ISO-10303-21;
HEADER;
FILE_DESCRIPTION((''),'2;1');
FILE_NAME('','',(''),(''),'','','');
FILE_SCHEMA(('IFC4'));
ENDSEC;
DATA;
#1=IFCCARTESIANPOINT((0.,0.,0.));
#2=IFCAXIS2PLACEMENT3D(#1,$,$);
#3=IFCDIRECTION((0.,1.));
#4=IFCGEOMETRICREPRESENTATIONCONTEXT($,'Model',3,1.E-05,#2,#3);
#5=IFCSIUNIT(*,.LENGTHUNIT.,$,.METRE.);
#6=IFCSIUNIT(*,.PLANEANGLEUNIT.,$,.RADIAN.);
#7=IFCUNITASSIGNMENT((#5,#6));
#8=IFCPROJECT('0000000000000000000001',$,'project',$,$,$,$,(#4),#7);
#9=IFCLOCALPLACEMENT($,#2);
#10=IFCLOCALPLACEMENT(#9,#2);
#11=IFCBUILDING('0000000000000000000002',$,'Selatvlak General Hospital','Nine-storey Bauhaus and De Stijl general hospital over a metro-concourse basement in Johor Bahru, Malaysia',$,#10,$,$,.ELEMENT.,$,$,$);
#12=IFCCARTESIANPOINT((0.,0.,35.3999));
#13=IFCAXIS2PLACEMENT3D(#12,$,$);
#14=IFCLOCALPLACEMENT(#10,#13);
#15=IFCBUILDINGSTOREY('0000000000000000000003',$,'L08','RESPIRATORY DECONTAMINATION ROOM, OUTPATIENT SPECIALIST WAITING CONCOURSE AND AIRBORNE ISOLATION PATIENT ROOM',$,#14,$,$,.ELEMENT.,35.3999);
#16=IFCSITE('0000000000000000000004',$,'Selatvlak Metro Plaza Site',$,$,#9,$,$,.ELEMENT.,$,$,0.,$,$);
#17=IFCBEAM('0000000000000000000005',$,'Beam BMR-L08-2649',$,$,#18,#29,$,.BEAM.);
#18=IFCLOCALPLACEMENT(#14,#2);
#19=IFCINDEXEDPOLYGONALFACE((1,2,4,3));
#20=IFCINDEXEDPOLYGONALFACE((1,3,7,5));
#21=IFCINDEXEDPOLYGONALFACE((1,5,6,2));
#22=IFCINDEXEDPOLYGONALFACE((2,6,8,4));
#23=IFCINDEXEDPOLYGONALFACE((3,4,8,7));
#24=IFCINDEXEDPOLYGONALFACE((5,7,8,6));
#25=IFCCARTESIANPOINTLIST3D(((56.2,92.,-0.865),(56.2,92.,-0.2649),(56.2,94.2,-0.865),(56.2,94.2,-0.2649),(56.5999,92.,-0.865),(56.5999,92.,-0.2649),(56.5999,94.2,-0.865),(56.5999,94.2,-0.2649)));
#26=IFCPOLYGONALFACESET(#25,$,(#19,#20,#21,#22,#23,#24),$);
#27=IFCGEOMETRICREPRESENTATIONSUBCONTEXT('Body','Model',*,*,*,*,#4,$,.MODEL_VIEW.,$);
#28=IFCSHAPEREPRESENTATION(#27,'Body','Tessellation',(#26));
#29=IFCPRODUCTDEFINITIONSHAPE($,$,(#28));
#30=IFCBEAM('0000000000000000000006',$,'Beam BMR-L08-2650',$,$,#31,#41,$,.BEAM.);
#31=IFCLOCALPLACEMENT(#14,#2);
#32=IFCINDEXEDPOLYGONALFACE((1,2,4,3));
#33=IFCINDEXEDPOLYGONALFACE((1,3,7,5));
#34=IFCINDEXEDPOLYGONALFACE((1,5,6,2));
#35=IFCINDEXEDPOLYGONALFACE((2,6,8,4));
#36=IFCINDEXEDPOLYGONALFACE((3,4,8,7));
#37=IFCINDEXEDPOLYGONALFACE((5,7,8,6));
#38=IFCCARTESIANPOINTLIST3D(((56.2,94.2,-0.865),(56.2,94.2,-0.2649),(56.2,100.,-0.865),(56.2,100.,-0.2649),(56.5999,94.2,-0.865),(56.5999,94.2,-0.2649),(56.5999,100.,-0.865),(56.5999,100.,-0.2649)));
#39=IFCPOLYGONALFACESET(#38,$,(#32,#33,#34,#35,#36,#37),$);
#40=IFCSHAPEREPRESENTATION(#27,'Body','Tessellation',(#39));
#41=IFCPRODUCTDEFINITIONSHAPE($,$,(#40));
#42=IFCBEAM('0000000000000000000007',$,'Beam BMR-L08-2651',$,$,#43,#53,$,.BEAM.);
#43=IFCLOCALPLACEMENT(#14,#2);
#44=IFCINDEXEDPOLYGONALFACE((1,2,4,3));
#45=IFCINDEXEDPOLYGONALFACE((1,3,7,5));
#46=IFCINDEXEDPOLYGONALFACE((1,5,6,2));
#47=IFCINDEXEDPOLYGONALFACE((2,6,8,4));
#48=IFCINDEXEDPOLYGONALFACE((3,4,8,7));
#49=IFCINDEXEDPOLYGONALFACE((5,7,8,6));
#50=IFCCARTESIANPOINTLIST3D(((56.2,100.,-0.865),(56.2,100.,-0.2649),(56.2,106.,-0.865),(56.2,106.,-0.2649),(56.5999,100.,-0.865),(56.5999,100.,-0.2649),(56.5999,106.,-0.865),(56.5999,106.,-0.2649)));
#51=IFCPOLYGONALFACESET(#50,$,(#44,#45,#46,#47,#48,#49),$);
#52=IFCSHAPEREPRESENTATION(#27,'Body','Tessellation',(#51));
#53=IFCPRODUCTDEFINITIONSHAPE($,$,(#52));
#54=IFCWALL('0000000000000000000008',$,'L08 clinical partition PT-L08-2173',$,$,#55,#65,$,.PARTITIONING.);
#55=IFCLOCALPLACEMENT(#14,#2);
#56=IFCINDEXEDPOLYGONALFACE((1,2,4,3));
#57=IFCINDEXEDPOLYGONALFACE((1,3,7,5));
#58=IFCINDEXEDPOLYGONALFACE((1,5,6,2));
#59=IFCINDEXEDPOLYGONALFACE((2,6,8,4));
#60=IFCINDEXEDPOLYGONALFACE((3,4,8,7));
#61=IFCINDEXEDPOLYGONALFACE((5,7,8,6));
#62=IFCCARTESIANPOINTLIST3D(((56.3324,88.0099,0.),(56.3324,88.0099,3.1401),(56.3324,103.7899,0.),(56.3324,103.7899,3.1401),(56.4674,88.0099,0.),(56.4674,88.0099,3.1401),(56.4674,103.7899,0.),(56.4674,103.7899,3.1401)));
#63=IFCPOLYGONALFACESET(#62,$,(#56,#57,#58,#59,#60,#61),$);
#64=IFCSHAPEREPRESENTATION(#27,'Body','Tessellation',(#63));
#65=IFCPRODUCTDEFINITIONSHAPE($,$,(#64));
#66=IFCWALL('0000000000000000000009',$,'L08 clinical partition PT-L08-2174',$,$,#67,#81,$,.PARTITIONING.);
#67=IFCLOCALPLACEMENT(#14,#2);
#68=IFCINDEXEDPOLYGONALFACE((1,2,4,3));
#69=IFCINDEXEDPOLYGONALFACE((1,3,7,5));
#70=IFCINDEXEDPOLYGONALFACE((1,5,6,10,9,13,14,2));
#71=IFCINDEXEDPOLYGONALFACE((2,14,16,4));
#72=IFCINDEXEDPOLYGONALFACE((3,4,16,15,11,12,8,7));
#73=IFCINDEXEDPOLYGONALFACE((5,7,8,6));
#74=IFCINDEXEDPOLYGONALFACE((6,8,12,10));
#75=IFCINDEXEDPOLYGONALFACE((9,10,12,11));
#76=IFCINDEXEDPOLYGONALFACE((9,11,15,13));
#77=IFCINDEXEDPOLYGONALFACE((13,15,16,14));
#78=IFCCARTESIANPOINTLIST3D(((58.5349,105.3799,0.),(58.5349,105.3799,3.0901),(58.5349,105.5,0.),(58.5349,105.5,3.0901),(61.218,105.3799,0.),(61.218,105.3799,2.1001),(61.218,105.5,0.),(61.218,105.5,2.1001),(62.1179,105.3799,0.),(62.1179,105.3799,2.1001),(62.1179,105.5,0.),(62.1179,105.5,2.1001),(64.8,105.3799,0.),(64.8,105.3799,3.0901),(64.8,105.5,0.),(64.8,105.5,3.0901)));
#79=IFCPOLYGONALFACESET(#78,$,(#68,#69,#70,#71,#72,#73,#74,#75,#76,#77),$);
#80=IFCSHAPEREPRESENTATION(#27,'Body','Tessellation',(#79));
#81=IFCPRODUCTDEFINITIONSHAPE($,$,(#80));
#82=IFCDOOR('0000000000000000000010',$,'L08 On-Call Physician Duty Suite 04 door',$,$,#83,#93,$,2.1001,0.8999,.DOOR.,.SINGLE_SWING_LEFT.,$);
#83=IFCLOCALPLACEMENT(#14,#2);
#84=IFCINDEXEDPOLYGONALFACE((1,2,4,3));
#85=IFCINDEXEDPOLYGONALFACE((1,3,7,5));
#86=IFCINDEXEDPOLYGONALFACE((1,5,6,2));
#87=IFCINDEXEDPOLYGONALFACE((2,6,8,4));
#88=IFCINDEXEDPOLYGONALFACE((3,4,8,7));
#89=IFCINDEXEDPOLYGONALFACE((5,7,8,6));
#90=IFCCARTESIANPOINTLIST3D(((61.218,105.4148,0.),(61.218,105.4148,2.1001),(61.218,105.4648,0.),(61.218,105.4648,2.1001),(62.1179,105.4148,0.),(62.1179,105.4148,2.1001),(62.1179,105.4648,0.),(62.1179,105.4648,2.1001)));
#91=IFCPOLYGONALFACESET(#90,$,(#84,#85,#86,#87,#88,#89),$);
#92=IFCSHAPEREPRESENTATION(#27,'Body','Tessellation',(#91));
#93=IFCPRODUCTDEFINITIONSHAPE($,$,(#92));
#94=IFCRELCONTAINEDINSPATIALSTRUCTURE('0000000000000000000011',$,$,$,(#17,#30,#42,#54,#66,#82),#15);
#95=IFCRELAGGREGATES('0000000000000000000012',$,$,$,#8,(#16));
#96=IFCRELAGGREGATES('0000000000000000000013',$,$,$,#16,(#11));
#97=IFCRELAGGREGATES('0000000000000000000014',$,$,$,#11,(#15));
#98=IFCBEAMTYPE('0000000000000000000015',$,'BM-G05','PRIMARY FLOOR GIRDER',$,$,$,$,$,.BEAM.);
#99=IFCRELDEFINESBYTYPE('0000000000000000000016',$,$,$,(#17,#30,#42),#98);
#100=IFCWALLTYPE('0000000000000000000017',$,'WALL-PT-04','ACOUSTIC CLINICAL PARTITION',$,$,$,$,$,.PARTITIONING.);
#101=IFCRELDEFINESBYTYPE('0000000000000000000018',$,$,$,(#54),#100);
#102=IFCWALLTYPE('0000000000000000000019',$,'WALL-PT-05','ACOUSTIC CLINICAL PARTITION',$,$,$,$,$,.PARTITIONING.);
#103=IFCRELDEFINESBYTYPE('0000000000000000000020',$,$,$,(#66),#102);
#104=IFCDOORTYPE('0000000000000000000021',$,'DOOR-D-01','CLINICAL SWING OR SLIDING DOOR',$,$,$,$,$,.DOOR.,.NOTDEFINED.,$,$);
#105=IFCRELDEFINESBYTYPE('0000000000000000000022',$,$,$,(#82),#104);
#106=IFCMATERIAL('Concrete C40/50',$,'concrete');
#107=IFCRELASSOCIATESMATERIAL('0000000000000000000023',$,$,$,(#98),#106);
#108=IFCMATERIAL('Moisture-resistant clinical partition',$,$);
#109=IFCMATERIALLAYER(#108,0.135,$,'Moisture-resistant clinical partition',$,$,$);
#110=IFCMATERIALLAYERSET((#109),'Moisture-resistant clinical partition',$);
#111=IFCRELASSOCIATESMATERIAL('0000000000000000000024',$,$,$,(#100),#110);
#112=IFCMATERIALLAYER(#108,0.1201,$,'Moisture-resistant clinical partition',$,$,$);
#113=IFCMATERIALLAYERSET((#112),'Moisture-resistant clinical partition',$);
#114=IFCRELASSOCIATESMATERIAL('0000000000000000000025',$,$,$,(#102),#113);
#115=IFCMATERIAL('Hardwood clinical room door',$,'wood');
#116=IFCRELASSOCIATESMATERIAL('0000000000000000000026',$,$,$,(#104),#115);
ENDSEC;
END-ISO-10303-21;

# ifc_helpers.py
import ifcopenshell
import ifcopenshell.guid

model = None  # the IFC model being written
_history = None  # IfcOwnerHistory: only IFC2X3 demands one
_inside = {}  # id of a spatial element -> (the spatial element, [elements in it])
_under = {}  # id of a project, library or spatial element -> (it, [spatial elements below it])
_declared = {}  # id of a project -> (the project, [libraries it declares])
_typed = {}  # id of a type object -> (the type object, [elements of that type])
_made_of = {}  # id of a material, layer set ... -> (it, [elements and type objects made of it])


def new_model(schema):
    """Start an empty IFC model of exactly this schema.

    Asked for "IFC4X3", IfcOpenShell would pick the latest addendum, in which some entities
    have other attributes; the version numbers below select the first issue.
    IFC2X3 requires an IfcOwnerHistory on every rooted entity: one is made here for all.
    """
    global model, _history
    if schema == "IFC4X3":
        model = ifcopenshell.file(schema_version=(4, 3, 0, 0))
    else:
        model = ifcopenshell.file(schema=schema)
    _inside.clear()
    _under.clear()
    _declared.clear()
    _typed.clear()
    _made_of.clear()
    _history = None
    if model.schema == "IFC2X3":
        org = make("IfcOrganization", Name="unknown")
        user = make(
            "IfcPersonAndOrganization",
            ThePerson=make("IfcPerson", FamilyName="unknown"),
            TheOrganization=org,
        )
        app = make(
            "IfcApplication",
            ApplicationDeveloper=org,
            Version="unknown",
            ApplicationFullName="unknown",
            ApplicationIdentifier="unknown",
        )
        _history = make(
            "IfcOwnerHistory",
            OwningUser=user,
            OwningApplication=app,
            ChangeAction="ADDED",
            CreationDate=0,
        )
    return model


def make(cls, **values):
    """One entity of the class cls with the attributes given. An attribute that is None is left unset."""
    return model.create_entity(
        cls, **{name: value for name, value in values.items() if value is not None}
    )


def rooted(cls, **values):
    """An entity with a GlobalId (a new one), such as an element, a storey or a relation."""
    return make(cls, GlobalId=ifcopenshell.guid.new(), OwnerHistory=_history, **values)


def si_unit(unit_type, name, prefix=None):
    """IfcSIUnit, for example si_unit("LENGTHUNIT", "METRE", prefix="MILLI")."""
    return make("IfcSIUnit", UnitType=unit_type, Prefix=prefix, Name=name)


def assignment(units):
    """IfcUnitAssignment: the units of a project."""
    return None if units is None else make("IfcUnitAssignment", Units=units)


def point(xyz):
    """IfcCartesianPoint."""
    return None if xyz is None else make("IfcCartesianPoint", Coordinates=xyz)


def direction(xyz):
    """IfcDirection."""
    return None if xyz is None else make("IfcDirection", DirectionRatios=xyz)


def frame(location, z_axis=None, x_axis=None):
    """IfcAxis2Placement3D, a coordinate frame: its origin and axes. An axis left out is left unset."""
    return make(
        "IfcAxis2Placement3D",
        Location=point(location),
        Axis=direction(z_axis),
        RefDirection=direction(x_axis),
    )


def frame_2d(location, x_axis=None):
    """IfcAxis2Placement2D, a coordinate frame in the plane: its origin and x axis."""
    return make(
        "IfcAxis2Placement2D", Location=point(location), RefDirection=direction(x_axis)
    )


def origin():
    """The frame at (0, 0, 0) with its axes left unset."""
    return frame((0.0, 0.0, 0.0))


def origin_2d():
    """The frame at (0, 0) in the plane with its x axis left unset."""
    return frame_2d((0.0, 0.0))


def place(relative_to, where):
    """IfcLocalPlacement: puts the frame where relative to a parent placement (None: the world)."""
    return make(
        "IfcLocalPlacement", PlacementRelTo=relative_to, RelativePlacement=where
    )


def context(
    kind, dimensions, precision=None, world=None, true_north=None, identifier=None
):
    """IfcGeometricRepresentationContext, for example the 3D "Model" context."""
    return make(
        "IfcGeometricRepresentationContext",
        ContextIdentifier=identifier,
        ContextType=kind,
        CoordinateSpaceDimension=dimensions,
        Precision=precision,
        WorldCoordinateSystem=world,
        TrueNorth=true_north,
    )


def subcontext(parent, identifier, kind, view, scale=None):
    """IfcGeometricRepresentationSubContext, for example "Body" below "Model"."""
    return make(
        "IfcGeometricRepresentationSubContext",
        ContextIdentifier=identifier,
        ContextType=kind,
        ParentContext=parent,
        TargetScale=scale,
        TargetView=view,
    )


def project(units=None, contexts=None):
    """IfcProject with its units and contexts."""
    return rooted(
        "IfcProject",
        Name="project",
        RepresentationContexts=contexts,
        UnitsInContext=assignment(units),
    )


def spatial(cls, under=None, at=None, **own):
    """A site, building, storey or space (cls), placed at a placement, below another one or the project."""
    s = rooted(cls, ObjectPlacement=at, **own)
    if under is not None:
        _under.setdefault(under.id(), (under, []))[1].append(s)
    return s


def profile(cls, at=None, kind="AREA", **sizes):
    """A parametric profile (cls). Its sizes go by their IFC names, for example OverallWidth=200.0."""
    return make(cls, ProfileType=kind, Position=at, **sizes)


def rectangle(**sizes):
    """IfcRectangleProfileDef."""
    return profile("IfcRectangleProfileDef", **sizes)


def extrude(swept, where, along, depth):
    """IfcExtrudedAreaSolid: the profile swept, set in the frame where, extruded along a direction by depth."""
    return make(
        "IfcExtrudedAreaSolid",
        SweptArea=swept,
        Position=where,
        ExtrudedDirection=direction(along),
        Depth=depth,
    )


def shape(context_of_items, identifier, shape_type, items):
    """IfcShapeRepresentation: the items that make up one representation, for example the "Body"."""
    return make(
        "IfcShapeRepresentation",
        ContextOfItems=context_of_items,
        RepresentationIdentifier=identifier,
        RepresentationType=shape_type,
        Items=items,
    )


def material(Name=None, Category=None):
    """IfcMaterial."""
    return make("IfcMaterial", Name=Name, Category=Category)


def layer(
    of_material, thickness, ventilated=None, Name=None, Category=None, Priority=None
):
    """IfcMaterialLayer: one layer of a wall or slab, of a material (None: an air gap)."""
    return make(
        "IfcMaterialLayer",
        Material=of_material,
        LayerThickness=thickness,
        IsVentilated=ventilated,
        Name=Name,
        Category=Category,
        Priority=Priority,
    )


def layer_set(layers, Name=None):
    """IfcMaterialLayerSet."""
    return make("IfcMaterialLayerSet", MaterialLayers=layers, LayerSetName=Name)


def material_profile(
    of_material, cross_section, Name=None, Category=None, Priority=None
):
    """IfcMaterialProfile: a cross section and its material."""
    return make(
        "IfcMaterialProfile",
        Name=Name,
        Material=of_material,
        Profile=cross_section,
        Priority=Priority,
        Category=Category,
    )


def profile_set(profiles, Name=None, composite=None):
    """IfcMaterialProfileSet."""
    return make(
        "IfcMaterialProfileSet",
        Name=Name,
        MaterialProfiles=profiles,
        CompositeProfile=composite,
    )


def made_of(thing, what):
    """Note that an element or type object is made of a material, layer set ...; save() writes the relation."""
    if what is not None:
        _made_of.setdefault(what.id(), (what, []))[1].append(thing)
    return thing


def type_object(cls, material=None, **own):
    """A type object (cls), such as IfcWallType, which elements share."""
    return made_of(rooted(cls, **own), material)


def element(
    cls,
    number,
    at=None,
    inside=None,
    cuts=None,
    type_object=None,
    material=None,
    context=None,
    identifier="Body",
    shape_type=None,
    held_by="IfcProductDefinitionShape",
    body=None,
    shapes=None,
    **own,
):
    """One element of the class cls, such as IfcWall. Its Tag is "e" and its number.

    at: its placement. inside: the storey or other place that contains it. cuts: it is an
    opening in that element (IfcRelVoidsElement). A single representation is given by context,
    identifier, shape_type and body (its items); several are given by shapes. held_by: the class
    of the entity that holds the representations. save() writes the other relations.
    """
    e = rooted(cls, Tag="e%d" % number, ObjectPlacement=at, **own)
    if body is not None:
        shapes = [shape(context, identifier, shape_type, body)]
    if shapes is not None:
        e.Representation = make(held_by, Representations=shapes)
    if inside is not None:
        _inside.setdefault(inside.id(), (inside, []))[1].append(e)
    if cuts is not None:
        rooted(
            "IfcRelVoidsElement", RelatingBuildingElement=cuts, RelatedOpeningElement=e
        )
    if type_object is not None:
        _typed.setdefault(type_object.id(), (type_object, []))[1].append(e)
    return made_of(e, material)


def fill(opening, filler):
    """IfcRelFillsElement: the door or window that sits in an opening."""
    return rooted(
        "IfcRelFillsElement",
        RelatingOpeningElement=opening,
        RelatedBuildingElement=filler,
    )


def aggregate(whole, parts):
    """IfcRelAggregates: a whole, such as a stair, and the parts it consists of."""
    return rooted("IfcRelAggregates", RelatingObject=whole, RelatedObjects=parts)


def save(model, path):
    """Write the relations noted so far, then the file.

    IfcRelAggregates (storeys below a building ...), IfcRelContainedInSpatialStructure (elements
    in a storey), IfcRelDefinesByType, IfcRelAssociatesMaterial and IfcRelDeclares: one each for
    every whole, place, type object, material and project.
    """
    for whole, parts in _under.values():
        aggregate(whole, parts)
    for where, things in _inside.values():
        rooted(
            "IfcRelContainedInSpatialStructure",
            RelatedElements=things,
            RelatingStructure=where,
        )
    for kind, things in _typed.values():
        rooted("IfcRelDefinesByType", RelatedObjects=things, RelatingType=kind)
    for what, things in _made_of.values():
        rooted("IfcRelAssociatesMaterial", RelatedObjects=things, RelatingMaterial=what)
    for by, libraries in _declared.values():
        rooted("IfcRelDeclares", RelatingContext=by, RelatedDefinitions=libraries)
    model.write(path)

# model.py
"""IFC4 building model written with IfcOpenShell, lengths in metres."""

from ifc_helpers import new_model, si_unit, direction, frame, frame_2d, origin, origin_2d, place, context, subcontext, project, spatial, rectangle, extrude, material, layer, layer_set, material_profile, profile_set, type_object, element, fill, save


model = new_model("IFC4")

# Units and contexts
model_context = context("Model", 3, precision=1e-05, world=origin(), true_north=direction((0.0, 1.0)))
body_context = subcontext(model_context, "Body", "Model", "MODEL_VIEW")
ifc_project = project(units=[si_unit("LENGTHUNIT", "METRE"), si_unit("PLANEANGLEUNIT", "RADIAN")], contexts=[model_context])

# Site, building, storey
site_placement = place(None, origin())
site = spatial("IfcSite", under=ifc_project, at=site_placement, Name="Selatvlak Metro Plaza Site", CompositionType="ELEMENT", RefElevation=0.0)
building_placement = place(site_placement, origin())
building = spatial("IfcBuilding", under=site, at=building_placement, Name="Selatvlak General Hospital", Description="Nine-storey Bauhaus and De Stijl general hospital over a metro-concourse basement in Johor Bahru, Malaysia", CompositionType="ELEMENT")
storey_placement = place(building_placement, frame((0.0, 0.0, 35.3999)))
storey = spatial("IfcBuildingStorey", under=building, at=storey_placement, Name="L08", Description="RESPIRATORY DECONTAMINATION ROOM, OUTPATIENT SPECIALIST WAITING CONCOURSE AND AIRBORNE ISOLATION PATIENT ROOM", CompositionType="ELEMENT", Elevation=35.3999)

# Shared definitions
ifc_material_1 = material(Name="Concrete C40/50", Category="concrete")

# Beams
ifc_material_profile_1 = material_profile(ifc_material_1, rectangle(XDim=0.3999, YDim=0.6001, at=origin_2d()), Name="RC-BM 400x600")
ifc_profile_set_1 = profile_set([ifc_material_profile_1], Name="Concrete C40/50")
beam_type_1 = type_object("IfcBeamType", Name="BM-G05", Description="PRIMARY FLOOR GIRDER", PredefinedType="BEAM", material=ifc_profile_set_1)
beam_1_placement = place(storey_placement, frame((56.3999, 92.0, -0.5649), z_axis=(0.0, 1.0, 0.0), x_axis=(-1.0, 0.0, 0.0)))
element("IfcBeam", 1, at=beam_1_placement, inside=storey, type_object=beam_type_1, Name="Beam BMR-L08-2649", PredefinedType="BEAM", context=body_context, shape_type="SweptSolid", body=[
    extrude(rectangle(XDim=0.3999, YDim=0.6001, at=origin_2d()), origin(), (0.0, 0.0, 1.0), 2.2),
])
beam_2_placement = place(storey_placement, frame((56.3999, 94.2, -0.5649), z_axis=(0.0, 1.0, 0.0), x_axis=(-1.0, 0.0, 0.0)))
element("IfcBeam", 2, at=beam_2_placement, inside=storey, type_object=beam_type_1, Name="Beam BMR-L08-2650", PredefinedType="BEAM", context=body_context, shape_type="SweptSolid", body=[
    extrude(rectangle(XDim=0.3999, YDim=0.6001, at=origin_2d()), origin(), (0.0, 0.0, 1.0), 5.8),
])
beam_3_placement = place(storey_placement, frame((56.3999, 100.0, -0.5649), z_axis=(0.0, 1.0, 0.0), x_axis=(-1.0, 0.0, 0.0)))
element("IfcBeam", 3, at=beam_3_placement, inside=storey, type_object=beam_type_1, Name="Beam BMR-L08-2651", PredefinedType="BEAM", context=body_context, shape_type="SweptSolid", body=[
    extrude(rectangle(XDim=0.3999, YDim=0.6001, at=origin_2d()), origin(), (0.0, 0.0, 1.0), 6.0),
])

# Wall
ifc_material_2 = material(Name="Moisture-resistant clinical partition")
ifc_layer_1 = layer(ifc_material_2, 0.135, Name="Moisture-resistant clinical partition")
ifc_layer_set_1 = layer_set([ifc_layer_1], Name="Moisture-resistant clinical partition")
wall_type_1 = type_object("IfcWallType", Name="WALL-PT-04", Description="ACOUSTIC CLINICAL PARTITION", PredefinedType="PARTITIONING", material=ifc_layer_set_1)
wall_1_placement = place(storey_placement, frame((56.3999, 103.79, 0.0), z_axis=(0.0, 0.0, 1.0), x_axis=(0.0, -1.0, 0.0)))
element("IfcWall", 4, at=wall_1_placement, inside=storey, type_object=wall_type_1, Name="L08 clinical partition PT-L08-2173", PredefinedType="PARTITIONING", context=body_context, shape_type="SweptSolid", body=[
    extrude(rectangle(XDim=15.78, YDim=0.135, at=frame_2d((7.8901, 0.0))), origin(), (0.0, 0.0, 1.0), 3.1401),
])

# Wall, opening, door
ifc_layer_2 = layer(ifc_material_2, 0.1201, Name="Moisture-resistant clinical partition")
ifc_layer_set_2 = layer_set([ifc_layer_2], Name="Moisture-resistant clinical partition")
wall_type_2 = type_object("IfcWallType", Name="WALL-PT-05", Description="ACOUSTIC CLINICAL PARTITION", PredefinedType="PARTITIONING", material=ifc_layer_set_2)
wall_2_placement = place(storey_placement, frame((58.5349, 105.4399, 0.0), z_axis=(0.0, 0.0, 1.0), x_axis=(1.0, 0.0, 0.0)))
wall_2 = element("IfcWall", 5, at=wall_2_placement, inside=storey, type_object=wall_type_2, Name="L08 clinical partition PT-L08-2174", PredefinedType="PARTITIONING", context=body_context, shape_type="SweptSolid", body=[
    extrude(rectangle(XDim=6.2651, YDim=0.1201, at=frame_2d((3.1326, 0.0))), origin(), (0.0, 0.0, 1.0), 3.0901),
])
opening_1_placement = place(wall_2_placement, frame((2.6831, 0.0, 0.0)))
opening_1 = element("IfcOpeningElement", 6, at=opening_1_placement, cuts=wall_2, PredefinedType="OPENING", context=body_context, shape_type="SweptSolid", body=[
    extrude(rectangle(XDim=0.8999, YDim=2.1001, at=frame_2d((0.45, 1.05))), frame((0.0, 0.0701, 0.0), z_axis=(0.0, -1.0, 0.0), x_axis=(1.0, 0.0, 0.0)), (0.0, 0.0, 1.0), 0.1401),
])
ifc_material_3 = material(Name="Hardwood clinical room door", Category="wood")
door_type_1 = type_object("IfcDoorType", Name="DOOR-D-01", Description="CLINICAL SWING OR SLIDING DOOR", OperationType="NOTDEFINED", PredefinedType="DOOR", material=ifc_material_3)
door_1_placement = place(opening_1_placement, origin())
door_1 = element("IfcDoor", 7, at=door_1_placement, inside=storey, type_object=door_type_1, Name="L08 On-Call Physician Duty Suite 04 door", OperationType="SINGLE_SWING_LEFT", OverallHeight=2.1001, OverallWidth=0.8999, PredefinedType="DOOR", context=body_context, shape_type="SweptSolid", body=[
    extrude(rectangle(XDim=0.8999, YDim=2.1001, at=frame_2d((0.45, 1.05))), frame((0.0, 0.0249, 0.0), z_axis=(0.0, -1.0, 0.0), x_axis=(1.0, 0.0, 0.0)), (0.0, 0.0, 1.0), 0.05),
])
fill(opening_1, door_1)

save(model, "model.ifc")
